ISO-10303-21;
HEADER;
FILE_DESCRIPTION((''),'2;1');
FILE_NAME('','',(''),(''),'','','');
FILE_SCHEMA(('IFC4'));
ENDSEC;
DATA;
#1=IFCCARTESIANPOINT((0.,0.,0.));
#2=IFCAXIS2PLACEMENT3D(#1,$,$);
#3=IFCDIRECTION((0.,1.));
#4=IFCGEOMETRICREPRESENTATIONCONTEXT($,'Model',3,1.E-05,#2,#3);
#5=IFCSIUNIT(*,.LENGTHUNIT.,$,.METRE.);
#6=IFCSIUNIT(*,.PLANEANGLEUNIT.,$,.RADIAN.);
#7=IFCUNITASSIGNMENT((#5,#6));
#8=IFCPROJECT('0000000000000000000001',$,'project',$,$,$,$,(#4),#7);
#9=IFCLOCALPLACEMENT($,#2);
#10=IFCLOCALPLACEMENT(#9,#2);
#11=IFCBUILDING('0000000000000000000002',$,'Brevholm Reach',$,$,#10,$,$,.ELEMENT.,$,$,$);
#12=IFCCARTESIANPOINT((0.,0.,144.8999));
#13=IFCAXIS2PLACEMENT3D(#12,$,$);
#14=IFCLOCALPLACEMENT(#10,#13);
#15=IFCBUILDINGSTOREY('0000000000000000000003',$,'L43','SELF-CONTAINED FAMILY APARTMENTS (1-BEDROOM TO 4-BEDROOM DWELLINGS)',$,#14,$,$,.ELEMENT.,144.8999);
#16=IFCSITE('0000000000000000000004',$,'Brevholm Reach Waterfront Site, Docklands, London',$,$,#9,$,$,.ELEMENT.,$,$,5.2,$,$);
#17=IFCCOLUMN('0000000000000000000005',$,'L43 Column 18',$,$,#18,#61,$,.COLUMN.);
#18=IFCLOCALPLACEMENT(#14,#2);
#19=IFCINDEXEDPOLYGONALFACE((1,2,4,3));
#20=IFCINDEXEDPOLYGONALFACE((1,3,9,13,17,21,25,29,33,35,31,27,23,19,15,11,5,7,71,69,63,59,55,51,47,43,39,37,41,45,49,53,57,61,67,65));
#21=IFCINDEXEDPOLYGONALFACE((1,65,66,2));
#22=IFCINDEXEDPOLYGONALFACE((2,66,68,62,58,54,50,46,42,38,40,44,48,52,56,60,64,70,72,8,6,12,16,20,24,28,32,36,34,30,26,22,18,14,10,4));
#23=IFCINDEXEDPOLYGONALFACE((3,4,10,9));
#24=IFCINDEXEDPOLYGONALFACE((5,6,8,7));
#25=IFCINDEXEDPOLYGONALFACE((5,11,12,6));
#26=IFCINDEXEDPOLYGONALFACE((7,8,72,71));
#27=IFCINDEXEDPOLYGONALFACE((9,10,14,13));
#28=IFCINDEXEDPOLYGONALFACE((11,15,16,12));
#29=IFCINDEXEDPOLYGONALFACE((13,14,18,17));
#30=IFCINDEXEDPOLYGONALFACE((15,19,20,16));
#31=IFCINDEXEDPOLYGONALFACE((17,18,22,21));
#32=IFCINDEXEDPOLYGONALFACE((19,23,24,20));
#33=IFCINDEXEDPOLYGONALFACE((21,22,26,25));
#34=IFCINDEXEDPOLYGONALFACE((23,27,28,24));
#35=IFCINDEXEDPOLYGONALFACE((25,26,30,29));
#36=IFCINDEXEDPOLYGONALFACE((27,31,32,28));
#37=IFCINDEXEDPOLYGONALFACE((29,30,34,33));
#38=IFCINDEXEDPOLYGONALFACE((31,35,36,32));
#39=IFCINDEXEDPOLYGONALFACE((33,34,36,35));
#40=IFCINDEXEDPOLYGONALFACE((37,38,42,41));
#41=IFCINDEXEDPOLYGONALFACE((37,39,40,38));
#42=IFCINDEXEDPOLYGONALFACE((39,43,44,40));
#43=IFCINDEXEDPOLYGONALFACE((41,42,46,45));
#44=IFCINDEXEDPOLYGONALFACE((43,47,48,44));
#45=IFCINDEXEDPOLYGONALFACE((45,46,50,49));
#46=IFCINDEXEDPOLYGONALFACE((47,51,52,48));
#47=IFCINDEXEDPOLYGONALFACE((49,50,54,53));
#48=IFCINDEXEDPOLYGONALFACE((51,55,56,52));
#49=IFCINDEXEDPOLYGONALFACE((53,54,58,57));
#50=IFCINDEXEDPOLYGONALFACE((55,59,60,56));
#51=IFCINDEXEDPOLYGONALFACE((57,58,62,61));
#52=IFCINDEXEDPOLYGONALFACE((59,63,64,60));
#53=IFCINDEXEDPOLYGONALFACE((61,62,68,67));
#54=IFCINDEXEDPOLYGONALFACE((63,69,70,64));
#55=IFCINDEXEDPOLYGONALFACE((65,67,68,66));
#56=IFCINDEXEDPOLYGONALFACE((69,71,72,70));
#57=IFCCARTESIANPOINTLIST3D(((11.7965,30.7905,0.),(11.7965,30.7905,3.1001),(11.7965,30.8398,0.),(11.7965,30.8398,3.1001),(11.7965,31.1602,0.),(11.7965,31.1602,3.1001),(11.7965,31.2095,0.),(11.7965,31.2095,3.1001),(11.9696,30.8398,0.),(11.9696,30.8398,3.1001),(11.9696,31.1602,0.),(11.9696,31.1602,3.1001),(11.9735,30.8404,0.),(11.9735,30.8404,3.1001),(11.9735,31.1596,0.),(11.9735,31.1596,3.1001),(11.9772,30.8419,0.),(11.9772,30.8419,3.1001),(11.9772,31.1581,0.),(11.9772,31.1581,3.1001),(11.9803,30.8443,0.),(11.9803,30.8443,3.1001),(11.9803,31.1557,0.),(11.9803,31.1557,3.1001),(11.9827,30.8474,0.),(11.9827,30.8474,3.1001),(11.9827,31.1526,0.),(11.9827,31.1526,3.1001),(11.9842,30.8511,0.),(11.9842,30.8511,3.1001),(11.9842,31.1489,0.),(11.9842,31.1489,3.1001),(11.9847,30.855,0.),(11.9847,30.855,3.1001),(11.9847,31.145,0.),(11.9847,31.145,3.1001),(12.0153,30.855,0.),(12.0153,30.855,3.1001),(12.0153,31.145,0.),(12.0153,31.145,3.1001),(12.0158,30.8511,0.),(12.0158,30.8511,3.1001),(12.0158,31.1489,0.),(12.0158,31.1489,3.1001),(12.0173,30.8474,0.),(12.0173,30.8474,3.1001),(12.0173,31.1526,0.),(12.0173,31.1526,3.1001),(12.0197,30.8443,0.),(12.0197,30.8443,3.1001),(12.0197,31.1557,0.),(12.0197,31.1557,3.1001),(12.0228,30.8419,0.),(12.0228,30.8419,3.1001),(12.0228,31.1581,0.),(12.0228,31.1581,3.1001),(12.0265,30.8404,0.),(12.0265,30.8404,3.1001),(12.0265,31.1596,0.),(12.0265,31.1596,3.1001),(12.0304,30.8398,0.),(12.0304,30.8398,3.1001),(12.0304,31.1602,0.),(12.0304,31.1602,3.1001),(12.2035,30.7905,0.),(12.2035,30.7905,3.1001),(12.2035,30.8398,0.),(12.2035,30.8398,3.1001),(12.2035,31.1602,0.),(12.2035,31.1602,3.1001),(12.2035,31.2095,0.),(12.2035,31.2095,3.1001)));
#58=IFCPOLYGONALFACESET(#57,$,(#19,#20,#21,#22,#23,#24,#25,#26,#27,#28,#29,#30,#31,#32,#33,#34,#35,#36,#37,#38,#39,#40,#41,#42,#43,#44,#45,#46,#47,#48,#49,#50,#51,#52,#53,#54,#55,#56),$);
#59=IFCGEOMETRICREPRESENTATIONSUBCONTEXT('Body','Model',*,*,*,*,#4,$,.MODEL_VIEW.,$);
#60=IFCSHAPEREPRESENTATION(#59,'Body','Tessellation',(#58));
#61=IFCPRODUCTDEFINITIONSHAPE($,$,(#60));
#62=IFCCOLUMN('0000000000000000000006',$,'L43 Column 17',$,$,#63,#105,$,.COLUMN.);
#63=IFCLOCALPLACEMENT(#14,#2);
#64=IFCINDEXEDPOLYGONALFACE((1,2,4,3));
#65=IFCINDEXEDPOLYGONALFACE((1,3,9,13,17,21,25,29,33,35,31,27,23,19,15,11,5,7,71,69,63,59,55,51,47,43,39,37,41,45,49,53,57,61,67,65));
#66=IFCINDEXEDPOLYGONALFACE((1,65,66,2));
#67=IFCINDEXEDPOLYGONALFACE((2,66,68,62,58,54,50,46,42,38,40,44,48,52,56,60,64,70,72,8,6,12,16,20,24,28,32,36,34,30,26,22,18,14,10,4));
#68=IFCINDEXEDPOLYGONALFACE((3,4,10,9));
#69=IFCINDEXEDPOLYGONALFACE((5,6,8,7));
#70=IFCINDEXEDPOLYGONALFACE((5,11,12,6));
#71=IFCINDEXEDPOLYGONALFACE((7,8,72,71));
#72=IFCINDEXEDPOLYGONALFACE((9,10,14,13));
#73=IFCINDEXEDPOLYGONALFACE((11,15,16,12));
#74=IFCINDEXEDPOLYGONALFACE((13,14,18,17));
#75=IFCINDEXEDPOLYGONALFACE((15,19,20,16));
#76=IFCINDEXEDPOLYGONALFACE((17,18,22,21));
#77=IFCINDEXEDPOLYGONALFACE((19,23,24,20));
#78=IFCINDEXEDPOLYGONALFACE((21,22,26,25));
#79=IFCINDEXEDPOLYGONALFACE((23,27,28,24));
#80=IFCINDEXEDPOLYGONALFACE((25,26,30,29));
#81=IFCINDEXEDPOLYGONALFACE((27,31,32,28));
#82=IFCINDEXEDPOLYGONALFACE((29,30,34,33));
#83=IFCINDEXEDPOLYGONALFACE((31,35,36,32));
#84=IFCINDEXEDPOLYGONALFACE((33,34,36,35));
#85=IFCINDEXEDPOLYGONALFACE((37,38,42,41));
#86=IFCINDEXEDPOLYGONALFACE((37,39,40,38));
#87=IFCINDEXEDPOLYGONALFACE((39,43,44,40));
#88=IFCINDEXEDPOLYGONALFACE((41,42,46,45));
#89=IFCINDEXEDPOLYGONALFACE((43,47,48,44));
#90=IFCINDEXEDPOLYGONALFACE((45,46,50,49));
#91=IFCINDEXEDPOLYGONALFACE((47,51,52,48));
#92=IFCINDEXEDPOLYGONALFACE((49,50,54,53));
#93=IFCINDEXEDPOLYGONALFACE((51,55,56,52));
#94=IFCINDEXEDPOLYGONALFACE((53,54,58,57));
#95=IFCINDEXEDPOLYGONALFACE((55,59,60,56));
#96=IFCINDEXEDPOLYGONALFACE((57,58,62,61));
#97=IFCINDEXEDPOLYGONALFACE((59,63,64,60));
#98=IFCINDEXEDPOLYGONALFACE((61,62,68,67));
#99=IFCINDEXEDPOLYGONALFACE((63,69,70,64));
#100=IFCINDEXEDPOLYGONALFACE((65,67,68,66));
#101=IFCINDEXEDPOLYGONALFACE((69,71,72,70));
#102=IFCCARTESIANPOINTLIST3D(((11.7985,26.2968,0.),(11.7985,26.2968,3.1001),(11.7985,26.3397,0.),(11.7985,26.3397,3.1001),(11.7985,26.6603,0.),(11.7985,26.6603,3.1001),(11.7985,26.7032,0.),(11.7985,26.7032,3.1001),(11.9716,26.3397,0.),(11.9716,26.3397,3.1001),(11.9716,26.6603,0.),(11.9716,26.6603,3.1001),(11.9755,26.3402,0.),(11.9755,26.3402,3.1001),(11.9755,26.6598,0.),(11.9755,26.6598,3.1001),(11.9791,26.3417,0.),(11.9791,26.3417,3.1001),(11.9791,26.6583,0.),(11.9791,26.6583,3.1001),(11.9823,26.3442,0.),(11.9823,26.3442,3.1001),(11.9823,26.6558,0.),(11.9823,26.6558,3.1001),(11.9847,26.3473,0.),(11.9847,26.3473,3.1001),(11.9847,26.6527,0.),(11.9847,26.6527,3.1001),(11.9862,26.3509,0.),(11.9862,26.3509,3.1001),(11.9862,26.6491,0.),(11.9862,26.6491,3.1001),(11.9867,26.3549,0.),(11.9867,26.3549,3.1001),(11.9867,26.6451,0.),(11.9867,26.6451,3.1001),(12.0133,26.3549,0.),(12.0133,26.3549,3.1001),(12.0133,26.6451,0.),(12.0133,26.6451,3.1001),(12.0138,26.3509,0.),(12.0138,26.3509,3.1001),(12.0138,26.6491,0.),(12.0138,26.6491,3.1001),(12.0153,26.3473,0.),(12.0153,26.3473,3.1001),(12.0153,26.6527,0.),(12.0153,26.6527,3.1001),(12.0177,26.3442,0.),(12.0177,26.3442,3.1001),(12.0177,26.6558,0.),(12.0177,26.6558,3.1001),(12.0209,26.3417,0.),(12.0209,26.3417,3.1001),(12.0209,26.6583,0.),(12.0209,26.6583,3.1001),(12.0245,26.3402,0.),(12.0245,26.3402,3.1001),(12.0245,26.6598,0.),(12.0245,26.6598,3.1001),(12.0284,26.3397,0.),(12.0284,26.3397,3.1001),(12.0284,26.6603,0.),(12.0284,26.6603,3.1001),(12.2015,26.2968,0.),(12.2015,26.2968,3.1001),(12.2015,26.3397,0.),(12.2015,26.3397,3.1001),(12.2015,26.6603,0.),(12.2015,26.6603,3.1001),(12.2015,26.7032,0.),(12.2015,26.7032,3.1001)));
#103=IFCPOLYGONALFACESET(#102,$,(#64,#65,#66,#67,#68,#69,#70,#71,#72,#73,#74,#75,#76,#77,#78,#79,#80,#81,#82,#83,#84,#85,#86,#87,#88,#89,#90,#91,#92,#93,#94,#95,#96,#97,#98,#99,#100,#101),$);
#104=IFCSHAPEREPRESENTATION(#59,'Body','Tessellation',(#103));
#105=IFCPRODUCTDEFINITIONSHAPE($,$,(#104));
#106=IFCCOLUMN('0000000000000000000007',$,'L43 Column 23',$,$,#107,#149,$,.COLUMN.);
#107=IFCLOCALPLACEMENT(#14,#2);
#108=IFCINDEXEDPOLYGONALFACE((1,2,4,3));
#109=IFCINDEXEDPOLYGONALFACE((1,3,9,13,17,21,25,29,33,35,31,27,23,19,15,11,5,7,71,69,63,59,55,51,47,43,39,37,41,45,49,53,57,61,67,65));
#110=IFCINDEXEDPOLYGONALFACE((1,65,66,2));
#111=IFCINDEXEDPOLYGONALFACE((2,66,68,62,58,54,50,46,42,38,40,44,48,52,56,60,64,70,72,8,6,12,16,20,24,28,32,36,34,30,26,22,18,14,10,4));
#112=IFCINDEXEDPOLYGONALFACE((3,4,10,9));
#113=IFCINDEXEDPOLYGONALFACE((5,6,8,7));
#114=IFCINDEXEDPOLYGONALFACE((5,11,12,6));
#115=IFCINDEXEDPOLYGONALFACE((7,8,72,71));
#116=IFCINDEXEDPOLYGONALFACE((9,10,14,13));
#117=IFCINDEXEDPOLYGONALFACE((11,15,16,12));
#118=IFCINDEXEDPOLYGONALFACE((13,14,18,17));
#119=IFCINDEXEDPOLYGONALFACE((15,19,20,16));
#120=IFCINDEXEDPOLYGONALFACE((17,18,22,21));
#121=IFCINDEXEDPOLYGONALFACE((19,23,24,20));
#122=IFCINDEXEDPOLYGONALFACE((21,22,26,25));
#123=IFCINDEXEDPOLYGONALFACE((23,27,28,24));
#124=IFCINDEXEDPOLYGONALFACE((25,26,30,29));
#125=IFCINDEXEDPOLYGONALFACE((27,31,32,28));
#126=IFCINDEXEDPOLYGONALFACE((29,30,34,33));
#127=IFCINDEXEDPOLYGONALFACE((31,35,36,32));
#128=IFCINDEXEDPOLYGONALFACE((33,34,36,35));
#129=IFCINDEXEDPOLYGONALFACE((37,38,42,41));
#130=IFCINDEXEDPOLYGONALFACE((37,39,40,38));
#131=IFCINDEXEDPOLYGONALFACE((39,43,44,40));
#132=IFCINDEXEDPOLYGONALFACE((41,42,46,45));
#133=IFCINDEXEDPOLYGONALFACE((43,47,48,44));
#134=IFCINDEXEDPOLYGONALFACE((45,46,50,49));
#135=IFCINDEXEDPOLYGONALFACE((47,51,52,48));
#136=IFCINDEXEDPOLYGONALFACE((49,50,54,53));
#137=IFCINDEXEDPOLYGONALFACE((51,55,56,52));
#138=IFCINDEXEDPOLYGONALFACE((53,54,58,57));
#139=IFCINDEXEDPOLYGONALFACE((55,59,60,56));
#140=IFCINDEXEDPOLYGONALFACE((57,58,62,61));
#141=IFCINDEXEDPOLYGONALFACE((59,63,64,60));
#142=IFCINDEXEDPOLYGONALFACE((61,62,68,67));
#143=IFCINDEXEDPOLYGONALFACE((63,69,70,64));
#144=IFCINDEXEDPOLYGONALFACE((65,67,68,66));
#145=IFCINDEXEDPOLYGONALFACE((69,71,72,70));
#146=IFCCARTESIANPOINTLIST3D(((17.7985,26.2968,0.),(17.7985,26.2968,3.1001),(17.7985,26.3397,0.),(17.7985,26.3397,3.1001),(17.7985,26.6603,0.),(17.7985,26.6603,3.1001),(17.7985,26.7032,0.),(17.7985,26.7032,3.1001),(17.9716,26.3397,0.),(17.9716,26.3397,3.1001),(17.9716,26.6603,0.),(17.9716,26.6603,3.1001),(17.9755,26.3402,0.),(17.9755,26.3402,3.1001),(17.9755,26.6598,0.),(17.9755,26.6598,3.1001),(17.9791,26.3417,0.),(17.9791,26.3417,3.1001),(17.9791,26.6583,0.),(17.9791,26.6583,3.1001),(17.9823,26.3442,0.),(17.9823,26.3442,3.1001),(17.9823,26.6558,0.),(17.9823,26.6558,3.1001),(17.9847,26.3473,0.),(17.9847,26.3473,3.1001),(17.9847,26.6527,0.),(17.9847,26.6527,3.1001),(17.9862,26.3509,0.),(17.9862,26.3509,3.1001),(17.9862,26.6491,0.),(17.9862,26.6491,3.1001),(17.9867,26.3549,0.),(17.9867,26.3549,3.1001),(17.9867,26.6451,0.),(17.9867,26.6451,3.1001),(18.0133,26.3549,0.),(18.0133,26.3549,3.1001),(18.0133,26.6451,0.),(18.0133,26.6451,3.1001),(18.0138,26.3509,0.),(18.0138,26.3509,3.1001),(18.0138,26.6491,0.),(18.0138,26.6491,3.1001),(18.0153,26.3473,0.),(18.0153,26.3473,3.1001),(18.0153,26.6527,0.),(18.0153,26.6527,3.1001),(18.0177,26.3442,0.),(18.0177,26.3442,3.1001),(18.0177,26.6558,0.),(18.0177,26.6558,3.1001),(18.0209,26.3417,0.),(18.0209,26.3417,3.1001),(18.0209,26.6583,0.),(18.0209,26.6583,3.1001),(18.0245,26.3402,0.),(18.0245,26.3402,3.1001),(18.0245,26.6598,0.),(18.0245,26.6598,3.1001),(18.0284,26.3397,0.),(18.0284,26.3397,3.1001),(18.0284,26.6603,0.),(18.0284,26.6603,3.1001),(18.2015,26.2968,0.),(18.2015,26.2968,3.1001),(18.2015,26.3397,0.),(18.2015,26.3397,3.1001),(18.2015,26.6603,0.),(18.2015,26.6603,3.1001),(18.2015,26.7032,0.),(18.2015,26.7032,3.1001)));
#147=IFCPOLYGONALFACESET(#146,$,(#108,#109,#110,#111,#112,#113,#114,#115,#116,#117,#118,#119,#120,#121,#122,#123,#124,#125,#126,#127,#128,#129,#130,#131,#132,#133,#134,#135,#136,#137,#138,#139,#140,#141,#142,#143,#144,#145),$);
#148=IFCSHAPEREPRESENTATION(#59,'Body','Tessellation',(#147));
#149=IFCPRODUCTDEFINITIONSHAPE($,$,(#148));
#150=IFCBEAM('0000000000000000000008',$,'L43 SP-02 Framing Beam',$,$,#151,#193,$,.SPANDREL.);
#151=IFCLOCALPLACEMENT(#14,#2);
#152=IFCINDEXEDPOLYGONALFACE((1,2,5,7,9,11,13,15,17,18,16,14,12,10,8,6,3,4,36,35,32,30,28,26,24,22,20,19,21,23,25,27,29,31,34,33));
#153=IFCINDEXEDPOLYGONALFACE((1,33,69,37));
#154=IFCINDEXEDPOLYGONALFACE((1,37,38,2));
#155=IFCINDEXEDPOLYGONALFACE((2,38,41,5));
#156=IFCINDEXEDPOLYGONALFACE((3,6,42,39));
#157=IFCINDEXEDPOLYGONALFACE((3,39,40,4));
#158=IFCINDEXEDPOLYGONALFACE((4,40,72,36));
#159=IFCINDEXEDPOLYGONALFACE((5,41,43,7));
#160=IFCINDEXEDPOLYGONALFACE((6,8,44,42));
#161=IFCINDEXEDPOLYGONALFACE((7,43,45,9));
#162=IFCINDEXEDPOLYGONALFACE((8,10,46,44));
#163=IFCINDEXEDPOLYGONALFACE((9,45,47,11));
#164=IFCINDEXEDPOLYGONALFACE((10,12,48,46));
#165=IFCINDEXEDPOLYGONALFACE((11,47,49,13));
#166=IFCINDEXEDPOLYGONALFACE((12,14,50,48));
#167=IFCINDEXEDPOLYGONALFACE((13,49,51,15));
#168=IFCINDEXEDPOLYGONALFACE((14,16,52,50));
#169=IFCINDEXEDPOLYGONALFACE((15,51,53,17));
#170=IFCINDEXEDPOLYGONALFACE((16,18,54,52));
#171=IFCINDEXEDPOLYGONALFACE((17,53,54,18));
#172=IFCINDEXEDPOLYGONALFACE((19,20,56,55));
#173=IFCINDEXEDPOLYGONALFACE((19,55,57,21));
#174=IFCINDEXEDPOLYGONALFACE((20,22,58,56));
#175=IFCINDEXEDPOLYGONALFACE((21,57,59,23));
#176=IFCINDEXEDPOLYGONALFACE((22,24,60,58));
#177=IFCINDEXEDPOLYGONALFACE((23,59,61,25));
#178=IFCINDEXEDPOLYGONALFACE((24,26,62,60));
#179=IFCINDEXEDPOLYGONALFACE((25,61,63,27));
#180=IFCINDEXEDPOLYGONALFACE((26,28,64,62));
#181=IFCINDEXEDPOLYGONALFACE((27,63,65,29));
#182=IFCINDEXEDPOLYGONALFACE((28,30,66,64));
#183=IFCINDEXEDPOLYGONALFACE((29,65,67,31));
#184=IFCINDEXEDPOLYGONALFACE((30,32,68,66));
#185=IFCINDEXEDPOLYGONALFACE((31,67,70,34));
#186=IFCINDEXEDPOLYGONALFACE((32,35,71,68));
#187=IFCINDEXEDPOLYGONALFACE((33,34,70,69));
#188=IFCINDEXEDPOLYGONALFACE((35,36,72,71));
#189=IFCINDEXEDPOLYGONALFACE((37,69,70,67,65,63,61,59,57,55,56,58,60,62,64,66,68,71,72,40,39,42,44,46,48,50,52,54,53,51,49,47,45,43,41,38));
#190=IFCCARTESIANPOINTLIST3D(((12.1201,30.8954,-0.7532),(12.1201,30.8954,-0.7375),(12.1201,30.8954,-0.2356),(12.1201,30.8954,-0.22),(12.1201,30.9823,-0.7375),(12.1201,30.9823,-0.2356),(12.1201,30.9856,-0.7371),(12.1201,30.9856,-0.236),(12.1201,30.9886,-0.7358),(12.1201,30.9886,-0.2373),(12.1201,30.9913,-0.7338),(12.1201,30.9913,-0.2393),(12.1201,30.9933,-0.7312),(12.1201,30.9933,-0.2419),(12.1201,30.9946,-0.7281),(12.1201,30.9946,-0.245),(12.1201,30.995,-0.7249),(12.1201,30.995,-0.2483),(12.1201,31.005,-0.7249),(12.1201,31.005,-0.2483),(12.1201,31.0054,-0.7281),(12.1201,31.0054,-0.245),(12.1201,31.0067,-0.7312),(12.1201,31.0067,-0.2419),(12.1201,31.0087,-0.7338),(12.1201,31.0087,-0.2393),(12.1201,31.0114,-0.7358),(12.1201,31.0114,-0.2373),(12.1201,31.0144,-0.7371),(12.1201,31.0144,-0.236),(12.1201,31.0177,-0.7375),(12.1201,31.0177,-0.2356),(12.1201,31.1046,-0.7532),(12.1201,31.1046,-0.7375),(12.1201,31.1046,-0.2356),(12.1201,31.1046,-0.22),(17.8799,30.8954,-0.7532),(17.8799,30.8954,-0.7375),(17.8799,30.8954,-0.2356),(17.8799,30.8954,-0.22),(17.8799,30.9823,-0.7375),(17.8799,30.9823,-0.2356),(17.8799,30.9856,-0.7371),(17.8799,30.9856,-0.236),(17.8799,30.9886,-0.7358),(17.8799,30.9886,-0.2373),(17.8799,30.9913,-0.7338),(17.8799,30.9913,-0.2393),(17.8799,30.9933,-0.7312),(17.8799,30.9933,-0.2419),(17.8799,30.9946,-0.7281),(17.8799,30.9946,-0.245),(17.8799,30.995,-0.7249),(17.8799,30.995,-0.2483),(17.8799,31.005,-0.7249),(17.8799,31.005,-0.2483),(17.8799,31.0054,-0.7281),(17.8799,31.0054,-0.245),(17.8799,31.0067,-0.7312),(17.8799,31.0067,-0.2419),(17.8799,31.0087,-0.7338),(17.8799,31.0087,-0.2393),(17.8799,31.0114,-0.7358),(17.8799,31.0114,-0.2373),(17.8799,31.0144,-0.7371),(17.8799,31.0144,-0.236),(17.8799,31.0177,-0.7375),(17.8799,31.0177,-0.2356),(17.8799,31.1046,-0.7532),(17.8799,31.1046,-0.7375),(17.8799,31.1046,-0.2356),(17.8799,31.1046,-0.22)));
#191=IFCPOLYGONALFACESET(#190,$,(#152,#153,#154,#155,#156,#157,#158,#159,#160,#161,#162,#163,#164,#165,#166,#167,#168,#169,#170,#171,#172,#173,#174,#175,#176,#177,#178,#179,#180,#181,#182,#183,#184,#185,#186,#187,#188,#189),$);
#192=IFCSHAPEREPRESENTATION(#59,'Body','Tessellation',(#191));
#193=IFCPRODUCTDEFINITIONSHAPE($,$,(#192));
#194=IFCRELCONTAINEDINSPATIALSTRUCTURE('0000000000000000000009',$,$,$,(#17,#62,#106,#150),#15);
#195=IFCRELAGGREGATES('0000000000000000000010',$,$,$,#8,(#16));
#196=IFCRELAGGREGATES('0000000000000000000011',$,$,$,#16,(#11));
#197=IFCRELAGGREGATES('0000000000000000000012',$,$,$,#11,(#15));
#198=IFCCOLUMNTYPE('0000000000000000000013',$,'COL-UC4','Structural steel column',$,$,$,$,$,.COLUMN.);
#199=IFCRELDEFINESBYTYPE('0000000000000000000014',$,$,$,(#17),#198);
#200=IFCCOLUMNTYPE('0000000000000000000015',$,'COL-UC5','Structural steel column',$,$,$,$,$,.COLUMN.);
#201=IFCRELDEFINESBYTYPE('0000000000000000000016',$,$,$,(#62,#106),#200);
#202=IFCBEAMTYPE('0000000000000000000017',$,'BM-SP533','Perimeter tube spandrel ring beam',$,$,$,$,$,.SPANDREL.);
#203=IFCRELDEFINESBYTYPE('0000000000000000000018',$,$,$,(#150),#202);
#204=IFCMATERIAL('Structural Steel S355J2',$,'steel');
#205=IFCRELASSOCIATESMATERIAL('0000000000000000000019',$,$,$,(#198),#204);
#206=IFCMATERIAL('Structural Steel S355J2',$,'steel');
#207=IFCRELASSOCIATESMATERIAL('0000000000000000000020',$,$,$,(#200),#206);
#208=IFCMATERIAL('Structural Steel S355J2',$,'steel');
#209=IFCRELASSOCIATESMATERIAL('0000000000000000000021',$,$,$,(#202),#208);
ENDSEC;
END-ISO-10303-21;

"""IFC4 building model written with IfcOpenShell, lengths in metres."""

from ifc_helpers import new_model, si_unit, direction, frame, origin, origin_2d, place, context, subcontext, project, spatial, i_section, extrude, material, material_profile, profile_set, type_object, element, save


model = new_model("IFC4")

# Units and contexts
model_context = context("Model", 3, precision=1e-05, world=origin(), true_north=direction((0.0, 1.0)))
body_context = subcontext(model_context, "Body", "Model", "MODEL_VIEW")
ifc_project = project(units=[si_unit("LENGTHUNIT", "METRE"), si_unit("PLANEANGLEUNIT", "RADIAN")], contexts=[model_context])

# Site, building, storey
site_placement = place(None, origin())
site = spatial("IfcSite", under=ifc_project, at=site_placement, Name="Brevholm Reach Waterfront Site, Docklands, London", CompositionType="ELEMENT", RefElevation=5.2)
building_placement = place(site_placement, origin())
building = spatial("IfcBuilding", under=site, at=building_placement, Name="Brevholm Reach", CompositionType="ELEMENT")
storey_placement = place(building_placement, frame((0.0, 0.0, 144.8999)))
storey = spatial("IfcBuildingStorey", under=building, at=storey_placement, Name="L43", Description="SELF-CONTAINED FAMILY APARTMENTS (1-BEDROOM TO 4-BEDROOM DWELLINGS)", CompositionType="ELEMENT", Elevation=144.8999)

# Columns
ifc_material_1 = material(Name="Structural Steel S355J2", Category="steel")
ifc_material_profile_1 = material_profile(ifc_material_1, i_section(OverallWidth=0.407, OverallDepth=0.4189, WebThickness=0.0305, FlangeThickness=0.0493, FilletRadius=0.0151, at=origin_2d()), Name="UKC 356x406x393")
ifc_profile_set_1 = profile_set([ifc_material_profile_1], Name="Structural Steel S355J2")
column_type_1 = type_object("IfcColumnType", Name="COL-UC4", Description="Structural steel column", PredefinedType="COLUMN", material=ifc_profile_set_1)
column_placement = place(storey_placement, frame((12.0, 31.0, 0.0), z_axis=(0.0, 0.0, 1.0), x_axis=(1.0, 0.0, 0.0)))
element("IfcColumn", 1, at=column_placement, inside=storey, type_object=column_type_1, Name="L43 Column 18", PredefinedType="COLUMN", context=body_context, shape_type="SweptSolid", body=[
    extrude(i_section(OverallWidth=0.407, OverallDepth=0.4189, WebThickness=0.0305, FlangeThickness=0.0493, FilletRadius=0.0151, at=origin_2d()), origin(), (0.0, 0.0, 1.0), 3.1001),
])
ifc_material_2 = material(Name="Structural Steel S355J2", Category="steel")
ifc_material_profile_2 = material_profile(ifc_material_2, i_section(OverallWidth=0.4031, OverallDepth=0.4065, WebThickness=0.0266, FlangeThickness=0.043, FilletRadius=0.0151, at=origin_2d()), Name="UKC 356x406x340")
ifc_profile_set_2 = profile_set([ifc_material_profile_2], Name="Structural Steel S355J2")
column_type_2 = type_object("IfcColumnType", Name="COL-UC5", Description="Structural steel column", PredefinedType="COLUMN", material=ifc_profile_set_2)
for number, where, z_axis, x_axis, name in (
    (2, (12.0, 26.5, 0.0), (0.0, 0.0, 1.0), (1.0, 0.0, 0.0), "L43 Column 17"),
    (3, (18.0, 26.5, 0.0), (0.0, 0.0, 1.0), (1.0, 0.0, 0.0), "L43 Column 23"),
):
    element("IfcColumn", number, at=place(storey_placement, frame(where, z_axis=z_axis, x_axis=x_axis)), inside=storey, type_object=column_type_2, Name=name, PredefinedType="COLUMN", context=body_context, shape_type="SweptSolid", body=[
        extrude(i_section(OverallWidth=0.4031, OverallDepth=0.4065, WebThickness=0.0266, FlangeThickness=0.043, FilletRadius=0.0151, at=origin_2d()), origin(), (0.0, 0.0, 1.0), 3.1001),
    ])

# Beam
ifc_material_3 = material(Name="Structural Steel S355J2", Category="steel")
ifc_material_profile_3 = material_profile(ifc_material_3, i_section(OverallWidth=0.2092, OverallDepth=0.5332, WebThickness=0.01, FlangeThickness=0.0156, FilletRadius=0.0127, at=origin_2d()), Name="UKB 533x210x92")
ifc_profile_set_3 = profile_set([ifc_material_profile_3], Name="Structural Steel S355J2")
beam_type_1 = type_object("IfcBeamType", Name="BM-SP533", Description="Perimeter tube spandrel ring beam", PredefinedType="SPANDREL", material=ifc_profile_set_3)
beam_1_placement = place(storey_placement, frame((12.1201, 31.0, -0.4866), z_axis=(1.0, 0.0, 0.0), x_axis=(0.0, 1.0, 0.0)))
element("IfcBeam", 4, at=beam_1_placement, inside=storey, type_object=beam_type_1, Name="L43 SP-02 Framing Beam", PredefinedType="SPANDREL", context=body_context, shape_type="SweptSolid", body=[
    extrude(i_section(OverallWidth=0.2092, OverallDepth=0.5332, WebThickness=0.01, FlangeThickness=0.0156, FilletRadius=0.0127, at=origin_2d()), origin(), (0.0, 0.0, 1.0), 5.7598),
])

save(model, "model.ifc")
